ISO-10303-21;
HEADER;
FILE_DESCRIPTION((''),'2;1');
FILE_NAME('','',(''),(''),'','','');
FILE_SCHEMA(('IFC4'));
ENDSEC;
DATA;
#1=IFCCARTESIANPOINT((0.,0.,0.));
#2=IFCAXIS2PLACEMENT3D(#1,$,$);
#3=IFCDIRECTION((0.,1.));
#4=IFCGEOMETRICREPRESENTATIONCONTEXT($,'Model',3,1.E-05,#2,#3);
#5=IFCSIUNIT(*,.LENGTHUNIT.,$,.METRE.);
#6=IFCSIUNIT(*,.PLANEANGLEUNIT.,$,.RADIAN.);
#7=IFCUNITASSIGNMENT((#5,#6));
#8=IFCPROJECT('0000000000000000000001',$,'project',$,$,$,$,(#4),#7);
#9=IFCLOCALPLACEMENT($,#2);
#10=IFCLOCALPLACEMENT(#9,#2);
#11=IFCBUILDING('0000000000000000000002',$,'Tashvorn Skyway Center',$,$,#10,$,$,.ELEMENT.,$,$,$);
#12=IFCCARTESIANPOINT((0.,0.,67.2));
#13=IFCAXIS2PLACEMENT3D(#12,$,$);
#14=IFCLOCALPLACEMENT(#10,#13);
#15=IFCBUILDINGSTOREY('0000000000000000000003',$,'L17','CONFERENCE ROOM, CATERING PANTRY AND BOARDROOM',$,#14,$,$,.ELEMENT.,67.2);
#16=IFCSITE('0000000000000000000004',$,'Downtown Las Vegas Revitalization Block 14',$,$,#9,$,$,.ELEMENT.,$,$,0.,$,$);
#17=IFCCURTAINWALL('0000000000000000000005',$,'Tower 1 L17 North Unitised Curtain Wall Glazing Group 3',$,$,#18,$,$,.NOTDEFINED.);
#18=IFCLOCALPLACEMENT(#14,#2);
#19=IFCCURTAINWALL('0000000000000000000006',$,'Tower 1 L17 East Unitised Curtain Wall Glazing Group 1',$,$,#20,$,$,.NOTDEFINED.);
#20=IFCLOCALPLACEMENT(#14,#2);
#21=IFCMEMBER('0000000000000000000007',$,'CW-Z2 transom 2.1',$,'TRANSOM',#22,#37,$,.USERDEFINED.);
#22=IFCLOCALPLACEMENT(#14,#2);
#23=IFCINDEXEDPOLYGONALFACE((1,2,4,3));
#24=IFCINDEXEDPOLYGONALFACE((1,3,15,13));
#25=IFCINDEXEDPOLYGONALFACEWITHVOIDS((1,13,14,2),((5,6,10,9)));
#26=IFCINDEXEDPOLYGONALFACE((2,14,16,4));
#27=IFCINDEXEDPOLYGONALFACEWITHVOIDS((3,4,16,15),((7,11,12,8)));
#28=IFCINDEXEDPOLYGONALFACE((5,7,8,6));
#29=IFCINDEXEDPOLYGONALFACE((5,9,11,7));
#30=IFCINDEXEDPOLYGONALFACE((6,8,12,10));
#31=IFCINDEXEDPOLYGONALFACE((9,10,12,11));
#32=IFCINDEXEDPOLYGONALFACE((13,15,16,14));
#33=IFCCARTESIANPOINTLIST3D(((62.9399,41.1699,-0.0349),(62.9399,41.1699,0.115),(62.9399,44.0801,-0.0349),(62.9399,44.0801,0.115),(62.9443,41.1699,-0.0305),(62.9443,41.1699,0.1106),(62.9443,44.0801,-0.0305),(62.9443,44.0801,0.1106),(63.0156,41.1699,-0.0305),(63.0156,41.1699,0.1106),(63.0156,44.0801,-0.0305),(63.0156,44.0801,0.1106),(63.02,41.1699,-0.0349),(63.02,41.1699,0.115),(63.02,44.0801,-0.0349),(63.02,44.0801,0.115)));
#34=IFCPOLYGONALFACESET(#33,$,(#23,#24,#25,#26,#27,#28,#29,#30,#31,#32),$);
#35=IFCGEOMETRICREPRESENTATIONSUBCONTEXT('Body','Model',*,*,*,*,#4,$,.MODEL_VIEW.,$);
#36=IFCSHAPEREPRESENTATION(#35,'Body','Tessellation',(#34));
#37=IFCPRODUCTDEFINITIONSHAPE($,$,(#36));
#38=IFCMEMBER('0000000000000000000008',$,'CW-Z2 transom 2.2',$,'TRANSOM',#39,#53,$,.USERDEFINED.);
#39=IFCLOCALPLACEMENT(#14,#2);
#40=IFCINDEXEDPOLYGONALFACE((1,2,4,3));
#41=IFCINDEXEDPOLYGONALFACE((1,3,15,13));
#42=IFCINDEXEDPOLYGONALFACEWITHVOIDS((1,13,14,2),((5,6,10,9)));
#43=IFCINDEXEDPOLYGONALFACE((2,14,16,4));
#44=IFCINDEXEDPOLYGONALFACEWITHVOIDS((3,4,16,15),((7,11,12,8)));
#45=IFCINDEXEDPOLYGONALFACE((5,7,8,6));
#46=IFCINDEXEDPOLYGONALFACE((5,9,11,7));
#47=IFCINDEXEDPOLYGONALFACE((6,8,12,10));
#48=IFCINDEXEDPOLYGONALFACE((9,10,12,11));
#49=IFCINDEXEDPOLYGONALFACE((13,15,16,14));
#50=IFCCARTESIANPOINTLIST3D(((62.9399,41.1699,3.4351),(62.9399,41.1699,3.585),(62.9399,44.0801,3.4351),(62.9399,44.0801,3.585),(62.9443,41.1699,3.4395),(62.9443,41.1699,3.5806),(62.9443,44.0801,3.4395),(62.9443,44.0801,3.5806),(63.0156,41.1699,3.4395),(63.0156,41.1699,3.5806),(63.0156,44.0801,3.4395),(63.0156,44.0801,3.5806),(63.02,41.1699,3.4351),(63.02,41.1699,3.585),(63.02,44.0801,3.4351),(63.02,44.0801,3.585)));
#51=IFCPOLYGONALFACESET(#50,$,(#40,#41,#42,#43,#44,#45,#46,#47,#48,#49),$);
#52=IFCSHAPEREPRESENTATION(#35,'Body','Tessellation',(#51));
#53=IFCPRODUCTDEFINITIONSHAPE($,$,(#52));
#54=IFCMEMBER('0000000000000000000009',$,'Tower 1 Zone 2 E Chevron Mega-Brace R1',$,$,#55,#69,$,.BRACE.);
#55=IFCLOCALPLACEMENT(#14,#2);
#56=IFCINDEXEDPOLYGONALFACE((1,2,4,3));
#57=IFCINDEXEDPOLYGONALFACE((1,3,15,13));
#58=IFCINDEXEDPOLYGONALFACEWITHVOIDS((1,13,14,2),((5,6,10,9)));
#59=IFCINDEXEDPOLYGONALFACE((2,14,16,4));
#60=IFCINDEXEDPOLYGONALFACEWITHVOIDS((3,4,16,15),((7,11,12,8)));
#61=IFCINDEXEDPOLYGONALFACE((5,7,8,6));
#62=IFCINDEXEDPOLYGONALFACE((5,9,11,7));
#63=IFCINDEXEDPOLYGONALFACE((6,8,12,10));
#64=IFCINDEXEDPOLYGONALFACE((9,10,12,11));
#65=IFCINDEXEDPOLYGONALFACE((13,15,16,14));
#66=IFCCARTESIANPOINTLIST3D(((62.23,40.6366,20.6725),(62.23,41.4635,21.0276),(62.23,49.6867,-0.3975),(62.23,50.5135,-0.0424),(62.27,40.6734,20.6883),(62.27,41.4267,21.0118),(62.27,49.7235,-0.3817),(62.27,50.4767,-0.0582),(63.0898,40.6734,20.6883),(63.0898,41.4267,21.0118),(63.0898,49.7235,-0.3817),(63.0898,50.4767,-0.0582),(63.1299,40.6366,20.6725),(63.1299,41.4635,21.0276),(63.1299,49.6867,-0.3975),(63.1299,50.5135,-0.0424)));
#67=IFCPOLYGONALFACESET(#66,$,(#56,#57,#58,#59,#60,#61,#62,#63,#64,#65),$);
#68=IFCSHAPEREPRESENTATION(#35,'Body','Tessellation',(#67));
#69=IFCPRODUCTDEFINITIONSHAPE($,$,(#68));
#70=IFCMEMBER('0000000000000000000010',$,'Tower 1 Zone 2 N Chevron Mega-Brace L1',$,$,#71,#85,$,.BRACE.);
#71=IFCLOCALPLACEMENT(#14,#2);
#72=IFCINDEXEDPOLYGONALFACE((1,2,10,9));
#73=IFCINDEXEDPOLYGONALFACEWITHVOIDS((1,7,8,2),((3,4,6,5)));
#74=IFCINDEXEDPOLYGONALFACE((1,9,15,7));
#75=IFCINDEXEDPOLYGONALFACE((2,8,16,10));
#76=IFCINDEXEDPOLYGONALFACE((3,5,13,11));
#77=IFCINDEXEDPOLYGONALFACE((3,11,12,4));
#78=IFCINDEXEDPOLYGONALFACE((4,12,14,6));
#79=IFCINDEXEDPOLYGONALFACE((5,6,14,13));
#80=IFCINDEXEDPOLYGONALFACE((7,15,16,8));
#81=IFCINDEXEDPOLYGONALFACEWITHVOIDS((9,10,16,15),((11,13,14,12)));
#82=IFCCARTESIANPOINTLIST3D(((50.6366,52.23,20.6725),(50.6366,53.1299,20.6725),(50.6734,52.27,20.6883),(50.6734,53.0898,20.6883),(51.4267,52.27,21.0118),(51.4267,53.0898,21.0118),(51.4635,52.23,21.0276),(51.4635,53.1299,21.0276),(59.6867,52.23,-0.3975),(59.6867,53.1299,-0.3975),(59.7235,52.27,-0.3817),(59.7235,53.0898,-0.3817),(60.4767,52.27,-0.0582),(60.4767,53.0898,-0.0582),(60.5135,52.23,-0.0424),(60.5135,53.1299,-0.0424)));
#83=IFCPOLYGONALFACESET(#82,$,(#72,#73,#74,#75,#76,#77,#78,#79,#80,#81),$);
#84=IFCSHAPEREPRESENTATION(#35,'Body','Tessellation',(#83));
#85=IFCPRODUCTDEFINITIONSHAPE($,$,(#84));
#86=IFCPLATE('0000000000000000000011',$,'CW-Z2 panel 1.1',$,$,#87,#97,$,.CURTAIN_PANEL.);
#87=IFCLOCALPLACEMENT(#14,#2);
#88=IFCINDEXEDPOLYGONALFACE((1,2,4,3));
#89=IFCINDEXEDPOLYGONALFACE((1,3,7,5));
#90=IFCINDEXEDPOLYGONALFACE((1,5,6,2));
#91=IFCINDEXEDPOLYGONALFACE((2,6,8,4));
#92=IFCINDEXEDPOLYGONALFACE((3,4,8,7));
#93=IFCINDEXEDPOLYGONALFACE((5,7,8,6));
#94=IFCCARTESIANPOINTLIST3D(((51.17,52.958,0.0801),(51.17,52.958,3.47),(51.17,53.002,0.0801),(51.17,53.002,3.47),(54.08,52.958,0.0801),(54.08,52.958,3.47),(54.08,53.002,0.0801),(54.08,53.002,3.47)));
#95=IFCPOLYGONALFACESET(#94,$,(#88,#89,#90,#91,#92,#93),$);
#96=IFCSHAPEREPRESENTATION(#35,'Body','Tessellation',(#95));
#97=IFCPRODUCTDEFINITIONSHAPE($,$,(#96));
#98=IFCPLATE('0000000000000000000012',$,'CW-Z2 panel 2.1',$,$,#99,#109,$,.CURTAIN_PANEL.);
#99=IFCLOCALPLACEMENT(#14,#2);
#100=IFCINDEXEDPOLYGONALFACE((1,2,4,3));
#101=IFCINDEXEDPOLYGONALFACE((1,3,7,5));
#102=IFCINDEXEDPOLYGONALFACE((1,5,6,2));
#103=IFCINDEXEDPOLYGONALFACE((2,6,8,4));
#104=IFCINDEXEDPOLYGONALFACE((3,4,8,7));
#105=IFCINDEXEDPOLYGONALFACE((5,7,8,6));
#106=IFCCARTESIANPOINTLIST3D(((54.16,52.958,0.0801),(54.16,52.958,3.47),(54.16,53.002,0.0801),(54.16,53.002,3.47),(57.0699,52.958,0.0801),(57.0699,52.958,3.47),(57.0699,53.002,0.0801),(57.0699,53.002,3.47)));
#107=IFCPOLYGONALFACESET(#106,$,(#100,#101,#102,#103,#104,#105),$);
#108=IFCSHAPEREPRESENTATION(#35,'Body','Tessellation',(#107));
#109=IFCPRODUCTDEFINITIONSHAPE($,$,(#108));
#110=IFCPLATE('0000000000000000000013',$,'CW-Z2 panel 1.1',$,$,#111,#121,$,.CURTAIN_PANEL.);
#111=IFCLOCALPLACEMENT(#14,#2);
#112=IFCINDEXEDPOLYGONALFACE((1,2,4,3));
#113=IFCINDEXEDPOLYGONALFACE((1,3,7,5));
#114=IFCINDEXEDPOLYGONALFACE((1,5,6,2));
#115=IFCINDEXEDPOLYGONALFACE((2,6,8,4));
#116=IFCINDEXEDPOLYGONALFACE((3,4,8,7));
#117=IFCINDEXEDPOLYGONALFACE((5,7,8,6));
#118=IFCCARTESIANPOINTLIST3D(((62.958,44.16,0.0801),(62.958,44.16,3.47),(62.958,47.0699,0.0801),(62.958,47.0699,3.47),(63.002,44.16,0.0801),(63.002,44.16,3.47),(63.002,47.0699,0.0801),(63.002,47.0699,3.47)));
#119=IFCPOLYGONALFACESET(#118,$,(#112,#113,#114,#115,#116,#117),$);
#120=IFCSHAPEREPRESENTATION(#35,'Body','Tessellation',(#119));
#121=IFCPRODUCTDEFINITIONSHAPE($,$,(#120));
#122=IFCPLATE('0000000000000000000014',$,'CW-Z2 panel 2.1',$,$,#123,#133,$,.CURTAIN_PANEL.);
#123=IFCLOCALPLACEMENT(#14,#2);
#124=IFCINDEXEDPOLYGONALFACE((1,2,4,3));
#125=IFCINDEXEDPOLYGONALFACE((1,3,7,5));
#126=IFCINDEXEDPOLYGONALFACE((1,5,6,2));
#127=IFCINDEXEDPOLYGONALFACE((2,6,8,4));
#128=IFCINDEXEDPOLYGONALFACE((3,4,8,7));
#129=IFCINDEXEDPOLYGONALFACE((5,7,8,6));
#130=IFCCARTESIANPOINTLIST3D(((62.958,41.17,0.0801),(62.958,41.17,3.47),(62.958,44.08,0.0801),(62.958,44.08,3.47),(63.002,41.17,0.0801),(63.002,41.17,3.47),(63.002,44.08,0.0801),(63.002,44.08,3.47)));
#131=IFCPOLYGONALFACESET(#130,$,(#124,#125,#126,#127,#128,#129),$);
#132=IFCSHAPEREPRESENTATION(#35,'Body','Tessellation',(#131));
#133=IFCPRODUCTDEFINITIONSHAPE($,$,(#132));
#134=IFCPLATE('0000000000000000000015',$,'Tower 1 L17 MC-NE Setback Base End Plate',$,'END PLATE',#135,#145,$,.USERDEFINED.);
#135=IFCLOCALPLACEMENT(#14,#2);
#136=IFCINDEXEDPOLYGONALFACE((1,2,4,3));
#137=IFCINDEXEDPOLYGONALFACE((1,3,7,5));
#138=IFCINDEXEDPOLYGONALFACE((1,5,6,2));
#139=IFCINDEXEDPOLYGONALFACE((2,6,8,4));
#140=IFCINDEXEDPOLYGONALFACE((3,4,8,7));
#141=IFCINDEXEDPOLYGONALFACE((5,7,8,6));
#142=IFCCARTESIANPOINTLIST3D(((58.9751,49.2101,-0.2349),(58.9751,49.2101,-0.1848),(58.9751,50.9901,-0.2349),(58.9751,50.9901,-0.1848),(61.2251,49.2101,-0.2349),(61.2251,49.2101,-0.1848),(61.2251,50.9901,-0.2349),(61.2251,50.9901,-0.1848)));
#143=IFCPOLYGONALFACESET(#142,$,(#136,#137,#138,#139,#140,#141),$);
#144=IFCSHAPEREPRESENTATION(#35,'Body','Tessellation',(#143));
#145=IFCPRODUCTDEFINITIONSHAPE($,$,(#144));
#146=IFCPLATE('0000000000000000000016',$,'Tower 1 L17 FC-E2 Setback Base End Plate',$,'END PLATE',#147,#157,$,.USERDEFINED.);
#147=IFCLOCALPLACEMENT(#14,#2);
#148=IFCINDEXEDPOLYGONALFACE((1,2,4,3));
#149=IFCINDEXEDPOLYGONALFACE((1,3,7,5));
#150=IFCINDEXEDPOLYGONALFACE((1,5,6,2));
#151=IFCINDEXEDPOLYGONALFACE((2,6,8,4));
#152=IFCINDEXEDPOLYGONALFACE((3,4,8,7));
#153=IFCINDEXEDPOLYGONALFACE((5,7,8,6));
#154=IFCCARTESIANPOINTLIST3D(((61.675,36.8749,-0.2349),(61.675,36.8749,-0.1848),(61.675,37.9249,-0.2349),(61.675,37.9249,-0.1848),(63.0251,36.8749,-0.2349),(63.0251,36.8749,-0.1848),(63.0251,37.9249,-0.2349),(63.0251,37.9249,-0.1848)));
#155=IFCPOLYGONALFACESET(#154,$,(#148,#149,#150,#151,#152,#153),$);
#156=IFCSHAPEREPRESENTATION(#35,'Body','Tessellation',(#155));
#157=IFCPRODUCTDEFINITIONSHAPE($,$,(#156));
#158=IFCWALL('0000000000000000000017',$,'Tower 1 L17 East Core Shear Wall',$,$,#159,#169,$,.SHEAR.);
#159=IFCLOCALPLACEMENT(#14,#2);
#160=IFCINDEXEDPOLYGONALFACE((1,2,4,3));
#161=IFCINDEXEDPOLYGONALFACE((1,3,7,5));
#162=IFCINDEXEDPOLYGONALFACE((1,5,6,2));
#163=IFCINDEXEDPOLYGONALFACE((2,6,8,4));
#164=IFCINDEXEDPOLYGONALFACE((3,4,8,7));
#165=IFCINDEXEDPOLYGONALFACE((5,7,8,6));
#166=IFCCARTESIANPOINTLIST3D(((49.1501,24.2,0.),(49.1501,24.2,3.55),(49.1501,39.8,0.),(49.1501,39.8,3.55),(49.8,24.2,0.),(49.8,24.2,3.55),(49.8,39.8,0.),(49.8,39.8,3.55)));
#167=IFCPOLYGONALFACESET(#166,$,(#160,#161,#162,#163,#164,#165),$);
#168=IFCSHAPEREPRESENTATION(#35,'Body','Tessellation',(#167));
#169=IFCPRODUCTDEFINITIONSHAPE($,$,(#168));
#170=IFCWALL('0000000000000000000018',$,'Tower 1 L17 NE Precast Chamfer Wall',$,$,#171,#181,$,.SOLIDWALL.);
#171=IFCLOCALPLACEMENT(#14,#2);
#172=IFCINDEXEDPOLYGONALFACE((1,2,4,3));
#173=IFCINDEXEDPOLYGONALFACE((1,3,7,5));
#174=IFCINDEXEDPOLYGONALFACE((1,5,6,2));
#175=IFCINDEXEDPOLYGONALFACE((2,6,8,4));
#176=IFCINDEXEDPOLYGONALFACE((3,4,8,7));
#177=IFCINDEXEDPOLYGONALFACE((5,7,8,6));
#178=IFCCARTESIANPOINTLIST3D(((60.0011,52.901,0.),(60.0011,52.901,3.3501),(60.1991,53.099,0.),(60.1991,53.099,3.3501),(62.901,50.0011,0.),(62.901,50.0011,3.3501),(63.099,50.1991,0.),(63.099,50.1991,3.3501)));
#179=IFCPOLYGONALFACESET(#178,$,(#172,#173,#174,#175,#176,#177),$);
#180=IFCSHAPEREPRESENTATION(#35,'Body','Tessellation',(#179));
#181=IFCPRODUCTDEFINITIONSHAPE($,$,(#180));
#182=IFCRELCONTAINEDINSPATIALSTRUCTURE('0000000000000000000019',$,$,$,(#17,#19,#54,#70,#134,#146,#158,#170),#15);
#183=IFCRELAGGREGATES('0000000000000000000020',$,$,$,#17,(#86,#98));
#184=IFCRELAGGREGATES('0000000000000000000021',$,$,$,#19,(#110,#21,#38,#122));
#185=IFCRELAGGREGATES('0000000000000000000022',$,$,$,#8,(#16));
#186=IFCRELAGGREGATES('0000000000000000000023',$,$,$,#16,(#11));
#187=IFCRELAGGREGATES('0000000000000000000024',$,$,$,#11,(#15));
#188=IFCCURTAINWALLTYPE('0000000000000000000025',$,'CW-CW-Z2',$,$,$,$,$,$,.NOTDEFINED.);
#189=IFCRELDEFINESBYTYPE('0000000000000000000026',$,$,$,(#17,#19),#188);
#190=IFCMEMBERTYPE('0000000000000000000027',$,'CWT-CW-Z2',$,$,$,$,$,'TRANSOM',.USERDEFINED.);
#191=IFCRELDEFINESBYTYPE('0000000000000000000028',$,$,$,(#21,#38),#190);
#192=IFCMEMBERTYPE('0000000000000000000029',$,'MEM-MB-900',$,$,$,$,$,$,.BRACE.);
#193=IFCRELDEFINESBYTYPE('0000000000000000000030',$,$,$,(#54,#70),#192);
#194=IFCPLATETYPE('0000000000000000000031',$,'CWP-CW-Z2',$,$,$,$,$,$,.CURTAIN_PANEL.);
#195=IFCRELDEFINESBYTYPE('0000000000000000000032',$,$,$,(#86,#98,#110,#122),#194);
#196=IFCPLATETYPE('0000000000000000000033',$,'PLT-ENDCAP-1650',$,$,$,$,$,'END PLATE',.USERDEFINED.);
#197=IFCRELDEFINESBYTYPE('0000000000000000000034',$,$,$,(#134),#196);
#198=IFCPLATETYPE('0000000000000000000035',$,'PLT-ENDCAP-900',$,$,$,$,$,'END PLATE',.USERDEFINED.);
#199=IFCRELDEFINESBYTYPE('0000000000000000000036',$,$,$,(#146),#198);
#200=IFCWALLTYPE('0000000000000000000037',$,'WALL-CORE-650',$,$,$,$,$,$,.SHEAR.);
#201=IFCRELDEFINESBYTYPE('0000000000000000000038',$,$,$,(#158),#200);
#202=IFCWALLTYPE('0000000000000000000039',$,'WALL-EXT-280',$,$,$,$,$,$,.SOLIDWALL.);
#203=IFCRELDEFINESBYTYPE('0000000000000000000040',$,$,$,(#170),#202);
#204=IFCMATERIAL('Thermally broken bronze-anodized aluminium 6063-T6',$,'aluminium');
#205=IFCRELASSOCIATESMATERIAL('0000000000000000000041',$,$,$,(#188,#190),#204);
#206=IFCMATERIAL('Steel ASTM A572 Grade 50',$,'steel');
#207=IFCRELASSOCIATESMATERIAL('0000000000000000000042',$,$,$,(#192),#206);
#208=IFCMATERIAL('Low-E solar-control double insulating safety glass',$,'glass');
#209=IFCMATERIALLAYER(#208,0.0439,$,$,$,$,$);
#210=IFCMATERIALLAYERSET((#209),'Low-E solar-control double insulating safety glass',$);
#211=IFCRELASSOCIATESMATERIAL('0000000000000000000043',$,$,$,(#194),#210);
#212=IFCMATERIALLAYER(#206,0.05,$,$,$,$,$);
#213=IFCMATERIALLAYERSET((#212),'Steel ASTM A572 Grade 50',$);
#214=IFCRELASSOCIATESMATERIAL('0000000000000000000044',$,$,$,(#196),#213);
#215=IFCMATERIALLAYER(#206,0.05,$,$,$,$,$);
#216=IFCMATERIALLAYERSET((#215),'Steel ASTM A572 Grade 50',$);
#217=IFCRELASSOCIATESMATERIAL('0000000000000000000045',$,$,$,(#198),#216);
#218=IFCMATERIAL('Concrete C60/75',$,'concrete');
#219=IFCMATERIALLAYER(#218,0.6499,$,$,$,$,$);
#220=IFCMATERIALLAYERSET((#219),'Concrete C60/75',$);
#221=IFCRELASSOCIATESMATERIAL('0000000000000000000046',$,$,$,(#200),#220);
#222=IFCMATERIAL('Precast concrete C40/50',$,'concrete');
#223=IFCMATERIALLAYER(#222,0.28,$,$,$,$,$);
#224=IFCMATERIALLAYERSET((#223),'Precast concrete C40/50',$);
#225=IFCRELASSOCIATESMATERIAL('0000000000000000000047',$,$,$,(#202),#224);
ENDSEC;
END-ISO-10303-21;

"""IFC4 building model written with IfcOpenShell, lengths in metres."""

from ifc_helpers import new_model, si_unit, direction, frame, frame_2d, origin, origin_2d, place, context, subcontext, project, spatial, rectangle, hollow_rectangle, extrude, material, layer, layer_set, material_profile, profile_set, type_object, element, aggregate, save


model = new_model("IFC4")

# Units and contexts
model_context = context("Model", 3, precision=1e-05, world=origin(), true_north=direction((0.0, 1.0)))
body_context = subcontext(model_context, "Body", "Model", "MODEL_VIEW")
ifc_project = project(units=[si_unit("LENGTHUNIT", "METRE"), si_unit("PLANEANGLEUNIT", "RADIAN")], contexts=[model_context])

# Site, building, storey
site_placement = place(None, origin())
site = spatial("IfcSite", under=ifc_project, at=site_placement, Name="Downtown Las Vegas Revitalization Block 14", CompositionType="ELEMENT", RefElevation=0.0)
building_placement = place(site_placement, origin())
building = spatial("IfcBuilding", under=site, at=building_placement, Name="Tashvorn Skyway Center", CompositionType="ELEMENT")
storey_placement = place(building_placement, frame((0.0, 0.0, 67.2)))
storey = spatial("IfcBuildingStorey", under=building, at=storey_placement, Name="L17", Description="CONFERENCE ROOM, CATERING PANTRY AND BOARDROOM", CompositionType="ELEMENT", Elevation=67.2)

# Shared definitions
ifc_material_1 = material(Name="Steel ASTM A572 Grade 50", Category="steel")

# Shared definitions
ifc_material_2 = material(Name="Thermally broken bronze-anodized aluminium 6063-T6", Category="aluminium")
curtain_wall_type = type_object("IfcCurtainWallType", Name="CW-CW-Z2", PredefinedType="NOTDEFINED", material=ifc_material_2)

# Curtain walls
curtain_wall_1_placement = place(storey_placement, origin())
curtain_wall_1 = element("IfcCurtainWall", 1, at=curtain_wall_1_placement, inside=storey, type_object=curtain_wall_type, Name="Tower 1 L17 North Unitised Curtain Wall Glazing Group 3", PredefinedType="NOTDEFINED")
curtain_wall_2_placement = place(storey_placement, origin())
curtain_wall_2 = element("IfcCurtainWall", 2, at=curtain_wall_2_placement, inside=storey, type_object=curtain_wall_type, Name="Tower 1 L17 East Unitised Curtain Wall Glazing Group 1", PredefinedType="NOTDEFINED")

# Members
ifc_material_profile_1 = material_profile(ifc_material_2, hollow_rectangle(XDim=0.0801, YDim=0.1499, WallThickness=0.0044, at=origin_2d()), Name="ALU-TRAN-80x150")
ifc_profile_set_1 = profile_set([ifc_material_profile_1], Name="Thermally broken bronze-anodized aluminium 6063-T6")
member_type_1 = type_object("IfcMemberType", Name="CWT-CW-Z2", ElementType="TRANSOM", PredefinedType="USERDEFINED", material=ifc_profile_set_1)
member_1_placement = place(storey_placement, frame((62.98, 44.0801, 0.04), z_axis=(0.0, -1.0, 0.0), x_axis=(1.0, 0.0, 0.0)))
member_1 = element("IfcMember", 3, at=member_1_placement, type_object=member_type_1, Name="CW-Z2 transom 2.1", ObjectType="TRANSOM", PredefinedType="USERDEFINED", context=body_context, shape_type="SweptSolid", body=[
    extrude(hollow_rectangle(XDim=0.0801, YDim=0.1499, WallThickness=0.0044, at=origin_2d()), origin(), (0.0, 0.0, 1.0), 2.9102),
])
member_2_placement = place(storey_placement, frame((62.98, 44.0801, 3.51), z_axis=(0.0, -1.0, 0.0), x_axis=(1.0, 0.0, 0.0)))
member_2 = element("IfcMember", 4, at=member_2_placement, type_object=member_type_1, Name="CW-Z2 transom 2.2", ObjectType="TRANSOM", PredefinedType="USERDEFINED", context=body_context, shape_type="SweptSolid", body=[
    extrude(hollow_rectangle(XDim=0.0801, YDim=0.1499, WallThickness=0.0044, at=origin_2d()), origin(), (0.0, 0.0, 1.0), 2.9102),
])

# Members
ifc_material_profile_2 = material_profile(ifc_material_1, hollow_rectangle(XDim=0.8999, YDim=0.8999, WallThickness=0.04, at=origin_2d()), Name="BOX900x900x40")
ifc_profile_set_2 = profile_set([ifc_material_profile_2], Name="Steel ASTM A572 Grade 50")
member_type_2 = type_object("IfcMemberType", Name="MEM-MB-900", PredefinedType="BRACE", material=ifc_profile_set_2)
for number, where, z_axis, x_axis, name in (
    (5, (62.6799, 50.1001, -0.22), (0.0, -0.394657, 0.918829), (1.0, 0.0, 0.0), "Tower 1 Zone 2 E Chevron Mega-Brace R1"),
    (6, (60.1001, 52.6799, -0.22), (-0.394657, 0.0, 0.918829), (0.0, -1.0, 0.0), "Tower 1 Zone 2 N Chevron Mega-Brace L1"),
):
    element("IfcMember", number, at=place(storey_placement, frame(where, z_axis=z_axis, x_axis=x_axis)), inside=storey, type_object=member_type_2, Name=name, PredefinedType="BRACE", context=body_context, shape_type="SweptSolid", body=[
        extrude(hollow_rectangle(XDim=0.8999, YDim=0.8999, WallThickness=0.04, at=origin_2d()), origin(), (0.0, 0.0, 1.0), 22.9314),
    ])

# Plates
ifc_material_3 = material(Name="Low-E solar-control double insulating safety glass", Category="glass")
ifc_layer_1 = layer(ifc_material_3, 0.0439)
ifc_layer_set_1 = layer_set([ifc_layer_1], Name="Low-E solar-control double insulating safety glass")
plate_type_1 = type_object("IfcPlateType", Name="CWP-CW-Z2", PredefinedType="CURTAIN_PANEL", material=ifc_layer_set_1)
plate_1_placement = place(storey_placement, frame((52.625, 52.98, 0.0801), z_axis=(0.0, 0.0, 1.0), x_axis=(1.0, 0.0, 0.0)))
plate_1 = element("IfcPlate", 7, at=plate_1_placement, type_object=plate_type_1, Name="CW-Z2 panel 1.1", PredefinedType="CURTAIN_PANEL", context=body_context, shape_type="SweptSolid", body=[
    extrude(rectangle(XDim=2.9099, YDim=0.0439, at=origin_2d()), origin(), (0.0, 0.0, 1.0), 3.3899),
])
plate_2_placement = place(storey_placement, frame((55.615, 52.98, 0.0801), z_axis=(0.0, 0.0, 1.0), x_axis=(1.0, 0.0, 0.0)))
plate_2 = element("IfcPlate", 8, at=plate_2_placement, type_object=plate_type_1, Name="CW-Z2 panel 2.1", PredefinedType="CURTAIN_PANEL", context=body_context, shape_type="SweptSolid", body=[
    extrude(rectangle(XDim=2.9099, YDim=0.0439, at=origin_2d()), origin(), (0.0, 0.0, 1.0), 3.3899),
])
aggregate(curtain_wall_1, [plate_1, plate_2])
plate_3_placement = place(storey_placement, frame((62.98, 45.615, 0.0801), z_axis=(0.0, 0.0, 1.0), x_axis=(0.0, -1.0, 0.0)))
plate_3 = element("IfcPlate", 9, at=plate_3_placement, type_object=plate_type_1, Name="CW-Z2 panel 1.1", PredefinedType="CURTAIN_PANEL", context=body_context, shape_type="SweptSolid", body=[
    extrude(rectangle(XDim=2.9099, YDim=0.0439, at=origin_2d()), origin(), (0.0, 0.0, 1.0), 3.3899),
])
plate_4_placement = place(storey_placement, frame((62.98, 42.625, 0.0801), z_axis=(0.0, 0.0, 1.0), x_axis=(0.0, -1.0, 0.0)))
plate_4 = element("IfcPlate", 10, at=plate_4_placement, type_object=plate_type_1, Name="CW-Z2 panel 2.1", PredefinedType="CURTAIN_PANEL", context=body_context, shape_type="SweptSolid", body=[
    extrude(rectangle(XDim=2.9099, YDim=0.0439, at=origin_2d()), origin(), (0.0, 0.0, 1.0), 3.3899),
])
aggregate(curtain_wall_2, [plate_3, member_1, member_2, plate_4])

# Plates
ifc_layer_2 = layer(ifc_material_1, 0.05)
ifc_layer_set_2 = layer_set([ifc_layer_2], Name="Steel ASTM A572 Grade 50")
plate_type_2 = type_object("IfcPlateType", Name="PLT-ENDCAP-1650", ElementType="END PLATE", PredefinedType="USERDEFINED", material=ifc_layer_set_2)
plate_5_placement = place(storey_placement, frame((60.1001, 50.1001, -0.2349), z_axis=(0.0, 0.0, 1.0), x_axis=(1.0, 0.0, 0.0)))
element("IfcPlate", 11, at=plate_5_placement, inside=storey, type_object=plate_type_2, Name="Tower 1 L17 MC-NE Setback Base End Plate", ObjectType="END PLATE", PredefinedType="USERDEFINED", context=body_context, shape_type="SweptSolid", body=[
    extrude(rectangle(XDim=2.25, YDim=1.78, at=origin_2d()), origin(), (0.0, 0.0, 1.0), 0.05),
])
ifc_layer_3 = layer(ifc_material_1, 0.05)
ifc_layer_set_3 = layer_set([ifc_layer_3], Name="Steel ASTM A572 Grade 50")
plate_type_3 = type_object("IfcPlateType", Name="PLT-ENDCAP-900", ElementType="END PLATE", PredefinedType="USERDEFINED", material=ifc_layer_set_3)
plate_6_placement = place(storey_placement, frame((62.3501, 37.3999, -0.2349), z_axis=(0.0, 0.0, 1.0), x_axis=(1.0, 0.0, 0.0)))
element("IfcPlate", 12, at=plate_6_placement, inside=storey, type_object=plate_type_3, Name="Tower 1 L17 FC-E2 Setback Base End Plate", ObjectType="END PLATE", PredefinedType="USERDEFINED", context=body_context, shape_type="SweptSolid", body=[
    extrude(rectangle(XDim=1.3501, YDim=1.05, at=origin_2d()), origin(), (0.0, 0.0, 1.0), 0.05),
])

# Walls
ifc_material_4 = material(Name="Concrete C60/75", Category="concrete")
ifc_layer_4 = layer(ifc_material_4, 0.6499)
ifc_layer_set_4 = layer_set([ifc_layer_4], Name="Concrete C60/75")
wall_type_1 = type_object("IfcWallType", Name="WALL-CORE-650", PredefinedType="SHEAR", material=ifc_layer_set_4)
wall_1_placement = place(storey_placement, frame((49.4751, 39.8, 0.0), z_axis=(0.0, 0.0, 1.0), x_axis=(0.0, -1.0, 0.0)))
element("IfcWall", 13, at=wall_1_placement, inside=storey, type_object=wall_type_1, Name="Tower 1 L17 East Core Shear Wall", PredefinedType="SHEAR", context=body_context, shape_type="SweptSolid", body=[
    extrude(rectangle(XDim=15.6001, YDim=0.6499, at=frame_2d((7.8, 0.0))), origin(), (0.0, 0.0, 1.0), 3.55),
])
ifc_material_5 = material(Name="Precast concrete C40/50", Category="concrete")
ifc_layer_5 = layer(ifc_material_5, 0.28)
ifc_layer_set_5 = layer_set([ifc_layer_5], Name="Precast concrete C40/50")
wall_type_2 = type_object("IfcWallType", Name="WALL-EXT-280", PredefinedType="SOLIDWALL", material=ifc_layer_set_5)
wall_2_placement = place(storey_placement, frame((60.1001, 53.0, 0.0), z_axis=(0.0, 0.0, 1.0), x_axis=(0.707107, -0.707107, 0.0)))
element("IfcWall", 14, at=wall_2_placement, inside=storey, type_object=wall_type_2, Name="Tower 1 L17 NE Precast Chamfer Wall", PredefinedType="SOLIDWALL", context=body_context, shape_type="SweptSolid", body=[
    extrude(rectangle(XDim=4.1011, YDim=0.28, at=frame_2d((2.0505, 0.0))), origin(), (0.0, 0.0, 1.0), 3.3501),
])

save(model, "model.ifc")
